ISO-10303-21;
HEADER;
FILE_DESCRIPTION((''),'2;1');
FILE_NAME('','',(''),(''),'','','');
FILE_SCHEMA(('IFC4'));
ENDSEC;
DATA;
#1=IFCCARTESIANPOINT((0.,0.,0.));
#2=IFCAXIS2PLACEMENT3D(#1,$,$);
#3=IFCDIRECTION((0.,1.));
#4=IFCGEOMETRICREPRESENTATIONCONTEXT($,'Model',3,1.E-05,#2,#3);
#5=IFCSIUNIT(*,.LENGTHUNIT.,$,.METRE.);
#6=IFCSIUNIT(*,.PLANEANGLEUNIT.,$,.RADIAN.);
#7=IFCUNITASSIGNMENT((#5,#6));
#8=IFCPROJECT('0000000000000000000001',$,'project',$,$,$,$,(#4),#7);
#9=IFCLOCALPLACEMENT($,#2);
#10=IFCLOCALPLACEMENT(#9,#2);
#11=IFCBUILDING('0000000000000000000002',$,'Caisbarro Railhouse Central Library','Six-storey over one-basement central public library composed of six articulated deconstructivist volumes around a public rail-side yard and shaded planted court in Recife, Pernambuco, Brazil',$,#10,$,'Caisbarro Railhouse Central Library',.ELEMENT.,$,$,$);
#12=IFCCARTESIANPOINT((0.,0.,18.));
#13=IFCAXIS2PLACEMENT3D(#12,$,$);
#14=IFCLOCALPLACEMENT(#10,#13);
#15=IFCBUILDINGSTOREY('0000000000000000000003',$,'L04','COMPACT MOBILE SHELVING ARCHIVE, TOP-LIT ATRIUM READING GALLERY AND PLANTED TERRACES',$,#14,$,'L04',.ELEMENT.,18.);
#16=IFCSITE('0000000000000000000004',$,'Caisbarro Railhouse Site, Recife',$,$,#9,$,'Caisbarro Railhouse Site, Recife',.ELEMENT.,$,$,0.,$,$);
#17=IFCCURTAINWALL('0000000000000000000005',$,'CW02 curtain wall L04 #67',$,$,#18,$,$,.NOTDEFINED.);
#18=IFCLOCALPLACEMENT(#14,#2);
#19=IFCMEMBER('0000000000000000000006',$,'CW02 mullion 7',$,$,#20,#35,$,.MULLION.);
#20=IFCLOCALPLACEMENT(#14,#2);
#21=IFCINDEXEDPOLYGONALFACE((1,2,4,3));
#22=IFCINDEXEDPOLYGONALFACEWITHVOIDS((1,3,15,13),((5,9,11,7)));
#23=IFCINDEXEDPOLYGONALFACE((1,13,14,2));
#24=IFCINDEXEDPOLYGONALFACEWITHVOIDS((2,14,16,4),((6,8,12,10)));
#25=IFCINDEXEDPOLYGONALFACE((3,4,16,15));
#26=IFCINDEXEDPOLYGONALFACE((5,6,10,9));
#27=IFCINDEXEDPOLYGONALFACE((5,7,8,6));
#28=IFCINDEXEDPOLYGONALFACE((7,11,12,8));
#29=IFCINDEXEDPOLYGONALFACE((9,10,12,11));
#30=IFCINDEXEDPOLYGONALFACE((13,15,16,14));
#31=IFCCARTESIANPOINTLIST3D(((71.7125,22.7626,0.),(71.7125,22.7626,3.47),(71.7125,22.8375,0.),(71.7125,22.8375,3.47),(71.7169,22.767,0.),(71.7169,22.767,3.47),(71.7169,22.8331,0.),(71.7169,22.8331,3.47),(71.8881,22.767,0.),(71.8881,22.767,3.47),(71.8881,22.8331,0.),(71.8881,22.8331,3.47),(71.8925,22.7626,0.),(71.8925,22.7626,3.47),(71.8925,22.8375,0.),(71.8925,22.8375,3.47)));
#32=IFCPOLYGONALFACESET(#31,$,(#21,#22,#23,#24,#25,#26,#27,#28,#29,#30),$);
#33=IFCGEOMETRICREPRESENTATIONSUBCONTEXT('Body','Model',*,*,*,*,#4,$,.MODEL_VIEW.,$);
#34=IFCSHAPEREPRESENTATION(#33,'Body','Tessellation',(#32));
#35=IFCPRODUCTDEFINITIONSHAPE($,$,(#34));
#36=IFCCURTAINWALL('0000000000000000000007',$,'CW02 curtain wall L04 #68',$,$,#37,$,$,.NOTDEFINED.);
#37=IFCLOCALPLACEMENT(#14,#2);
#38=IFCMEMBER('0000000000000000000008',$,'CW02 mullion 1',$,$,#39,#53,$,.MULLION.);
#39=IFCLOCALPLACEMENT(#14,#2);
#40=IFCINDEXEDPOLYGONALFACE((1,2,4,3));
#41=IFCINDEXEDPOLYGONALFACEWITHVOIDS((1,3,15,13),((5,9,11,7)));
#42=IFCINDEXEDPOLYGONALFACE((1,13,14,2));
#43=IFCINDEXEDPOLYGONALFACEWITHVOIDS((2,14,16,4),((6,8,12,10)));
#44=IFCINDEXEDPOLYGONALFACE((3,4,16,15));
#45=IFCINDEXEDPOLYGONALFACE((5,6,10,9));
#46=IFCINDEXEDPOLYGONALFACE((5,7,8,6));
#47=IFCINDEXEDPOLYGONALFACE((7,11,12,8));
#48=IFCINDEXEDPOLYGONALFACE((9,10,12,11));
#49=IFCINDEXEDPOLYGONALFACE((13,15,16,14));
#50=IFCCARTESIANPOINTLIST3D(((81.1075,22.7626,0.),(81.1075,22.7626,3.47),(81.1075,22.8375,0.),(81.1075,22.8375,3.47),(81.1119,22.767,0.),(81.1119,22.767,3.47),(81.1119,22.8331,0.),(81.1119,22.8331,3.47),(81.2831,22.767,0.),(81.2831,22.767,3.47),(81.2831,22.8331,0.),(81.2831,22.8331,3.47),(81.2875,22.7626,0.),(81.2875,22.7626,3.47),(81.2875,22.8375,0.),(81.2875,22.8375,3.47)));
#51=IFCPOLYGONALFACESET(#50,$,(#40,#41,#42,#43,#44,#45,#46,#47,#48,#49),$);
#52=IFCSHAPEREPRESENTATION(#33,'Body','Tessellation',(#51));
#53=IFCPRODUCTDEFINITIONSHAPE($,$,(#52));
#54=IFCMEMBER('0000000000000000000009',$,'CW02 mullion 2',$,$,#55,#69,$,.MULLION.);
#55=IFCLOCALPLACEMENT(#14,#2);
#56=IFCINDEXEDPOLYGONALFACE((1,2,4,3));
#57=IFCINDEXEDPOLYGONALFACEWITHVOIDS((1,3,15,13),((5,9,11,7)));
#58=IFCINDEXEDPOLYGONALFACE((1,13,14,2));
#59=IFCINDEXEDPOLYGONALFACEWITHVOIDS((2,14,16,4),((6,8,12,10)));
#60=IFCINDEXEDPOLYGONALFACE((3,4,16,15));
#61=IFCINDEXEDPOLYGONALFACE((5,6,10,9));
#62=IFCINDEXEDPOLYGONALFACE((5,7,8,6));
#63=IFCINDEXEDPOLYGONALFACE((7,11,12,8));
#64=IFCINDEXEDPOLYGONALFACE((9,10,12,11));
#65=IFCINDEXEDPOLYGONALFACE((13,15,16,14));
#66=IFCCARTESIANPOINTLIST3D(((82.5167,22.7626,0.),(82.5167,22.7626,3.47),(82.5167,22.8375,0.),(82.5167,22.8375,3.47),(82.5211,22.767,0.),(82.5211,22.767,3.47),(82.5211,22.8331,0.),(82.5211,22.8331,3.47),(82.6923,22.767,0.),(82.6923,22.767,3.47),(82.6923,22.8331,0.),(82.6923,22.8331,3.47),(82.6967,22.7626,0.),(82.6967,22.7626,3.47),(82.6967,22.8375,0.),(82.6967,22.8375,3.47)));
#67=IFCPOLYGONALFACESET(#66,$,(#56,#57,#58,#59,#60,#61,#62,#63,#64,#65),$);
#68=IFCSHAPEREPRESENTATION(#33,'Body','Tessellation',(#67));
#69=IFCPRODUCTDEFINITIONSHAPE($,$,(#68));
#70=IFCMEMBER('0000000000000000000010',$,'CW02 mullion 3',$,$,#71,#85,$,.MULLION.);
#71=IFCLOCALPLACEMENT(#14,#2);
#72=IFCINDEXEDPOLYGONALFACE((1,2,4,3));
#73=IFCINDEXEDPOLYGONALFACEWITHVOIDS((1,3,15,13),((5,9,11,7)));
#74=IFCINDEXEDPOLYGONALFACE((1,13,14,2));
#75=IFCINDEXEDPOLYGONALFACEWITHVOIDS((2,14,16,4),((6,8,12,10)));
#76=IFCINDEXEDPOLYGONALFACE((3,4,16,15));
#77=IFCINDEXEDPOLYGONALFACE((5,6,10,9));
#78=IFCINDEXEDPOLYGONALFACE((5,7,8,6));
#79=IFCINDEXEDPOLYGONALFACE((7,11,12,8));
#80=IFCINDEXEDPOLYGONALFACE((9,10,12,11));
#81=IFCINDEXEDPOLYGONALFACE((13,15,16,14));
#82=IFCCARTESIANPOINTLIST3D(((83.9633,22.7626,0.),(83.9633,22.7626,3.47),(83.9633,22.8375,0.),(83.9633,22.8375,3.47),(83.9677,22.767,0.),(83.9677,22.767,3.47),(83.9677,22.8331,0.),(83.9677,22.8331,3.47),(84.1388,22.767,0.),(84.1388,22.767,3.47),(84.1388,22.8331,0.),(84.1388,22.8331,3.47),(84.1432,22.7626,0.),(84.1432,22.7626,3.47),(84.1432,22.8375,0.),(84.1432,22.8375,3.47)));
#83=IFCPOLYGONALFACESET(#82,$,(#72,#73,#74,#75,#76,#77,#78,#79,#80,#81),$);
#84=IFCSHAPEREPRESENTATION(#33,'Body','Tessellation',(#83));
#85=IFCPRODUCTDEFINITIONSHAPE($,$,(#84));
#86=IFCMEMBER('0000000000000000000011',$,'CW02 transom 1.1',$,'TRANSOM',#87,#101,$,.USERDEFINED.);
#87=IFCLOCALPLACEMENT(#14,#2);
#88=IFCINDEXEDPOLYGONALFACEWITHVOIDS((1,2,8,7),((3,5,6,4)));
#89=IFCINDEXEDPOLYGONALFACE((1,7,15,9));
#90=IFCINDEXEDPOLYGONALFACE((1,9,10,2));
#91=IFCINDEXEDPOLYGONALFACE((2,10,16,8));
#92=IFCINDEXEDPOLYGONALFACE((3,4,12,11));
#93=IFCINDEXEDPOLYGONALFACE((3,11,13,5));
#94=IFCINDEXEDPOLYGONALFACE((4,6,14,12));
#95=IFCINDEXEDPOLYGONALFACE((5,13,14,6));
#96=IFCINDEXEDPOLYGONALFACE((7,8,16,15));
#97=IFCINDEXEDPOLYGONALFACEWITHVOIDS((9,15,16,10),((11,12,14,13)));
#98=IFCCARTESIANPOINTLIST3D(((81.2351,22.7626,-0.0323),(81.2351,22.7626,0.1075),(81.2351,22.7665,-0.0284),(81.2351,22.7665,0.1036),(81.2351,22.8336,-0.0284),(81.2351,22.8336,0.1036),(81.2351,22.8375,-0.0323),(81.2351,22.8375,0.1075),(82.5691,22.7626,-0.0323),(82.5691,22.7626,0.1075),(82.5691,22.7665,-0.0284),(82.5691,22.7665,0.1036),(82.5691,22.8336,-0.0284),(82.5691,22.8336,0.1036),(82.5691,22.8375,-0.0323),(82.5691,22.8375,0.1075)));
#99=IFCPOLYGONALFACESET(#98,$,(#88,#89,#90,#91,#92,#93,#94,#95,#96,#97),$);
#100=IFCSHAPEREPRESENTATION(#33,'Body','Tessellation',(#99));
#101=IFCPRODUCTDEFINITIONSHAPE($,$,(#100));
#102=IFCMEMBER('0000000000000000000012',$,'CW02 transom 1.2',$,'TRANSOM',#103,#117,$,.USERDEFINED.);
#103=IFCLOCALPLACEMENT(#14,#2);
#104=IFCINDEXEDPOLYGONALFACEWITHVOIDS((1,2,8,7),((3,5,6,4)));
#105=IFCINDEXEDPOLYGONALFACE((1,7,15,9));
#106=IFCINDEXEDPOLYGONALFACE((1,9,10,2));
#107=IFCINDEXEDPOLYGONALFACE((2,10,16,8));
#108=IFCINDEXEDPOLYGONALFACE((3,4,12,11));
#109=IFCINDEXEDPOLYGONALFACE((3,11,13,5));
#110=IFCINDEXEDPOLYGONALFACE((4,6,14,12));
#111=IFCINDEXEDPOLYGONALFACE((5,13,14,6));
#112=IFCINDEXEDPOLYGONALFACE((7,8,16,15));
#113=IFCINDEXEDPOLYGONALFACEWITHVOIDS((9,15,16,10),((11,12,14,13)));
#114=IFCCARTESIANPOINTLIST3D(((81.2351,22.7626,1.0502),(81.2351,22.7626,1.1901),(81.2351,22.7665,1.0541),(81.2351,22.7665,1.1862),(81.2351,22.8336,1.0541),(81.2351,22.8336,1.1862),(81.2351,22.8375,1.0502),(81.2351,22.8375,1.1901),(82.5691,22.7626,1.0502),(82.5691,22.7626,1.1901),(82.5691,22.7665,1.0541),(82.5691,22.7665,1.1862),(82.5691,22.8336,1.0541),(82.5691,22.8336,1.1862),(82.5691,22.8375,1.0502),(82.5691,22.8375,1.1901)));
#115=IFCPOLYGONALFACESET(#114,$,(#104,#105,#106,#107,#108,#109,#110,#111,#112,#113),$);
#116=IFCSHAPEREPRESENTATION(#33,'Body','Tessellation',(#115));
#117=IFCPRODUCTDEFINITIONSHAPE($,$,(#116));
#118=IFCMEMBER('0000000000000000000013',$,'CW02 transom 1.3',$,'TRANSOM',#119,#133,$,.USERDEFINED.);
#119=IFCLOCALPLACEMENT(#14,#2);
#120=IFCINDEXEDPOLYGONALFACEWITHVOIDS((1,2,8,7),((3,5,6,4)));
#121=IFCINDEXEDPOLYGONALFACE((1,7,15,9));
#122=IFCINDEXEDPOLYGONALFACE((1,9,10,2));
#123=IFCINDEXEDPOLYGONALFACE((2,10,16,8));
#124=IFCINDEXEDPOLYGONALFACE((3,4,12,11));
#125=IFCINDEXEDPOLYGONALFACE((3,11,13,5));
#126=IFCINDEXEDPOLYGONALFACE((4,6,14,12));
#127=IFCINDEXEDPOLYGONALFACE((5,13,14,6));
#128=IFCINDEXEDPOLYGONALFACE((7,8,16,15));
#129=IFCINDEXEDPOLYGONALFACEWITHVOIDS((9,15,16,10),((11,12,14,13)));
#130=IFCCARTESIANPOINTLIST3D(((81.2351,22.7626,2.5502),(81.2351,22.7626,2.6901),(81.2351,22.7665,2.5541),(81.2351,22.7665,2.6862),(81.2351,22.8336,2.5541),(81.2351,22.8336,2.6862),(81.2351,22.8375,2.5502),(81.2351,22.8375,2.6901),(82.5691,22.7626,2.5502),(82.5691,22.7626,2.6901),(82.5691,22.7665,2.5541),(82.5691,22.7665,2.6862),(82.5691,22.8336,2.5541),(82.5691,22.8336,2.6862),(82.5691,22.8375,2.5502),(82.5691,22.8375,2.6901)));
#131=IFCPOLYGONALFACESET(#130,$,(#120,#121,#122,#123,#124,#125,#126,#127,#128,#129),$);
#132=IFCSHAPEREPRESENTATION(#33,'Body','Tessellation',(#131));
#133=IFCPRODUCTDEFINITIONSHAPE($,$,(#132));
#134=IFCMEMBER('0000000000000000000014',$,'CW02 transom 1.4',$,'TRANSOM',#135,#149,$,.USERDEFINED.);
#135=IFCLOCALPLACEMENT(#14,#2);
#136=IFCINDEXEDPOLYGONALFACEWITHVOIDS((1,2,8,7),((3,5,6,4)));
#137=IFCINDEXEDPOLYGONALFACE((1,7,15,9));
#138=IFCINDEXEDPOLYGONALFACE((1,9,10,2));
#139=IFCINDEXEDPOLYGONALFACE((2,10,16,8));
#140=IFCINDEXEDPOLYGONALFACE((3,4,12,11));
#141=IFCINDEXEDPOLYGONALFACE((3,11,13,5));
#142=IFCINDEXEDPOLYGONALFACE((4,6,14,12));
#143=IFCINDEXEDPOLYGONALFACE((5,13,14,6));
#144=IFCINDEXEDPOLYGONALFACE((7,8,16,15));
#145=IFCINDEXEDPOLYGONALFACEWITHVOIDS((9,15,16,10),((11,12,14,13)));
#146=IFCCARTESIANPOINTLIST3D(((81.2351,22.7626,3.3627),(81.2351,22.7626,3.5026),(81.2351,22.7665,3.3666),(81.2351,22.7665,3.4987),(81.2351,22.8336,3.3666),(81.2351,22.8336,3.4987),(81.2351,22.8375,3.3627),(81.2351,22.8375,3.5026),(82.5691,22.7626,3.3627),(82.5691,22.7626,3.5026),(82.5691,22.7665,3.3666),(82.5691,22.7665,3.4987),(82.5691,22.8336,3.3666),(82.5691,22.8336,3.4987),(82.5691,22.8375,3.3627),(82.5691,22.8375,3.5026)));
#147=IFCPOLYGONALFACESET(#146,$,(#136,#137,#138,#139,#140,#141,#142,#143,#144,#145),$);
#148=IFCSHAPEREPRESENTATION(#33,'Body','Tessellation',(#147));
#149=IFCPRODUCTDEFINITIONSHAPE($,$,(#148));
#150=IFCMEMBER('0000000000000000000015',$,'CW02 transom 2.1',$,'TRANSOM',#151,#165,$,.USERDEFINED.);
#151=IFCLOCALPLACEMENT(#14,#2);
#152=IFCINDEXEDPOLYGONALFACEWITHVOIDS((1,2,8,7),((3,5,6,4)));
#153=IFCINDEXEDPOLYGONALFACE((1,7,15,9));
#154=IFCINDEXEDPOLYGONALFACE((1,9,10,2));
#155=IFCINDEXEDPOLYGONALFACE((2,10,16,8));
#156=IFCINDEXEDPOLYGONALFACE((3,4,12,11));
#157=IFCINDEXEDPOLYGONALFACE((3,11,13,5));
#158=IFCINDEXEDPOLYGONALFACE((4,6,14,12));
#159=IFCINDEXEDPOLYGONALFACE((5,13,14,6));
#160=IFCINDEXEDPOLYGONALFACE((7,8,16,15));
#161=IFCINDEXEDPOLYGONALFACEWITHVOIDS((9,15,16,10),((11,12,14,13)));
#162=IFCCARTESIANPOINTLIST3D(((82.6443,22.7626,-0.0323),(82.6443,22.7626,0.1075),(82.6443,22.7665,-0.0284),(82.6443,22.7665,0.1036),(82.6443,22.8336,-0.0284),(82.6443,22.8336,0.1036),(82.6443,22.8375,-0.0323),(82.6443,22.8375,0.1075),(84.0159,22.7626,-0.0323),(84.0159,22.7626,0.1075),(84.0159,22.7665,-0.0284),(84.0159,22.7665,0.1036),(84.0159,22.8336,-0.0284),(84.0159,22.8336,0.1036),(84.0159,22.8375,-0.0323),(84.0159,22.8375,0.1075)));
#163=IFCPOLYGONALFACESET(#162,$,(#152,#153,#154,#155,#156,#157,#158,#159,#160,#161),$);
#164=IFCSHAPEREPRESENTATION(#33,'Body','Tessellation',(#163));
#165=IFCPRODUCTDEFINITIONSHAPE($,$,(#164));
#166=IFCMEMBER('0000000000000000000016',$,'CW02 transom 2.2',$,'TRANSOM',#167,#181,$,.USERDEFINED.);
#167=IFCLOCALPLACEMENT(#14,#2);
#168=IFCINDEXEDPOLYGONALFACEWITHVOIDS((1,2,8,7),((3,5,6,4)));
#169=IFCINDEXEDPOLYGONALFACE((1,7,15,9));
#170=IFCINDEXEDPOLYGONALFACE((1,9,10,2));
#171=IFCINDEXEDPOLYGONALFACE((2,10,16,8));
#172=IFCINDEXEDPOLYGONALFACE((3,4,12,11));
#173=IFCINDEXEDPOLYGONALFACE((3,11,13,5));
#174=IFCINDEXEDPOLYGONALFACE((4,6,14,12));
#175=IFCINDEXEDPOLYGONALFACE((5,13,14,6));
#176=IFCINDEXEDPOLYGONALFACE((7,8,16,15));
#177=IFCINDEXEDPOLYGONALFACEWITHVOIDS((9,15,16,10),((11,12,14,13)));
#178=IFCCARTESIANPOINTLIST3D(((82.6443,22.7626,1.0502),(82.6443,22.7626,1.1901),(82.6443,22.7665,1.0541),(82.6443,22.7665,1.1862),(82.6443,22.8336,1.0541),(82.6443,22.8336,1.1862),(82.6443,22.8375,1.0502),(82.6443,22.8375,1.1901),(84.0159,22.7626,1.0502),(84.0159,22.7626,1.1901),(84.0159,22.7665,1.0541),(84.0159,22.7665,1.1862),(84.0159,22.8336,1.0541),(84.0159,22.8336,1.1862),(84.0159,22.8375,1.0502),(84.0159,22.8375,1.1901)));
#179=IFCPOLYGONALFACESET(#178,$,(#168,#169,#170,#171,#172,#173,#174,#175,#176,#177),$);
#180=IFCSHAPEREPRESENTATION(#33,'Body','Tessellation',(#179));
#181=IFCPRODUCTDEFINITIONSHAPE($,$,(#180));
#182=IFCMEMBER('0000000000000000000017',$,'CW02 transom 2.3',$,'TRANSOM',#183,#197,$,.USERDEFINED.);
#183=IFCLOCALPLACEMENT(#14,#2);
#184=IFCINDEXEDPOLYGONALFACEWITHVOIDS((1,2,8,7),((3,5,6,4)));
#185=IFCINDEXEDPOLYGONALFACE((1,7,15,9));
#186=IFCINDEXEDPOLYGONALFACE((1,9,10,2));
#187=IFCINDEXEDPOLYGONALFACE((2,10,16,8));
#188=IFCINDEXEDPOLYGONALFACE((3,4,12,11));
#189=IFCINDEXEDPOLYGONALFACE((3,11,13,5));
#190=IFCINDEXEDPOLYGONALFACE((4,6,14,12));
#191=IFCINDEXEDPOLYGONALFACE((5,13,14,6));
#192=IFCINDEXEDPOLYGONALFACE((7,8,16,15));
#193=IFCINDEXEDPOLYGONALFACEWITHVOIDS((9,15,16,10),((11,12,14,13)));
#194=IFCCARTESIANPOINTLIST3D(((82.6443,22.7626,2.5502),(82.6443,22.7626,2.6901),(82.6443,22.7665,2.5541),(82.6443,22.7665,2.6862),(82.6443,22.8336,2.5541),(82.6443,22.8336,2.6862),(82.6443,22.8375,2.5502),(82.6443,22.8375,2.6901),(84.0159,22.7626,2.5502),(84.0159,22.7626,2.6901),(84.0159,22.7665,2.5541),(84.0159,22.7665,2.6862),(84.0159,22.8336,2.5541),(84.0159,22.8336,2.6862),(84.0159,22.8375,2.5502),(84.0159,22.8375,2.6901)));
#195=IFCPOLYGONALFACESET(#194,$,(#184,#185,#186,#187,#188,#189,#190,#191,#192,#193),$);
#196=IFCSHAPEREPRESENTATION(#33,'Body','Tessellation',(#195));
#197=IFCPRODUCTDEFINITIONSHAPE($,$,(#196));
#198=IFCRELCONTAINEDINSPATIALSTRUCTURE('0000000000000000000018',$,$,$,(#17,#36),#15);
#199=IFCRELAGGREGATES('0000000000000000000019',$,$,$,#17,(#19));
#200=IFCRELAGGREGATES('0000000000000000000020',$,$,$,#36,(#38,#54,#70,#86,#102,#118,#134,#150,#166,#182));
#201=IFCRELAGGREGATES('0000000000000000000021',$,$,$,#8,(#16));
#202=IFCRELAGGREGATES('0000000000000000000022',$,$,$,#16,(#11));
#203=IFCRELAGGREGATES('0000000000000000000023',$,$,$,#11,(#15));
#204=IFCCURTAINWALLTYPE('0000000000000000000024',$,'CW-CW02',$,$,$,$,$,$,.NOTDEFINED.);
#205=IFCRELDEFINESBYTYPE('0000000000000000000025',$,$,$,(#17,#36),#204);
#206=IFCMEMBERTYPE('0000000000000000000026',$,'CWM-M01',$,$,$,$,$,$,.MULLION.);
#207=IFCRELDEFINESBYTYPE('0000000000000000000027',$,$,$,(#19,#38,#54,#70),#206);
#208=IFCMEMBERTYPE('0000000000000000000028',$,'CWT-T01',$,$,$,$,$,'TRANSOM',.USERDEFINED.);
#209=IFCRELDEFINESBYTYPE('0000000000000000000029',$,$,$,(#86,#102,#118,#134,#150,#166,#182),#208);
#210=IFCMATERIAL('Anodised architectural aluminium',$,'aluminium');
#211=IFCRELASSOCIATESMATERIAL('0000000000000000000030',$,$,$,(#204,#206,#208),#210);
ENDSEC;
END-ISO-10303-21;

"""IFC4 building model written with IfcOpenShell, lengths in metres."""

from ifc_helpers import new_model, si_unit, direction, frame, origin, origin_2d, place, context, subcontext, project, spatial, hollow_rectangle, extrude, material, material_profile, profile_set, type_object, element, aggregate, save


model = new_model("IFC4")

# Units and contexts
model_context = context("Model", 3, precision=1e-05, world=origin(), true_north=direction((0.0, 1.0)))
body_context = subcontext(model_context, "Body", "Model", "MODEL_VIEW")
ifc_project = project(units=[si_unit("LENGTHUNIT", "METRE"), si_unit("PLANEANGLEUNIT", "RADIAN")], contexts=[model_context])

# Site, building, storey
site_placement = place(None, origin())
site = spatial("IfcSite", under=ifc_project, at=site_placement, Name="Caisbarro Railhouse Site, Recife", LongName="Caisbarro Railhouse Site, Recife", CompositionType="ELEMENT", RefElevation=0.0)
building_placement = place(site_placement, origin())
building = spatial("IfcBuilding", under=site, at=building_placement, Name="Caisbarro Railhouse Central Library", Description="Six-storey over one-basement central public library composed of six articulated deconstructivist volumes around a public rail-side yard and shaded planted court in Recife, Pernambuco, Brazil", LongName="Caisbarro Railhouse Central Library", CompositionType="ELEMENT")
storey_placement = place(building_placement, frame((0.0, 0.0, 18.0)))
storey = spatial("IfcBuildingStorey", under=building, at=storey_placement, Name="L04", Description="COMPACT MOBILE SHELVING ARCHIVE, TOP-LIT ATRIUM READING GALLERY AND PLANTED TERRACES", LongName="L04", CompositionType="ELEMENT", Elevation=18.0)

# Curtain wall, member
ifc_material_1 = material(Name="Anodised architectural aluminium", Category="aluminium")
curtain_wall_type = type_object("IfcCurtainWallType", Name="CW-CW02", PredefinedType="NOTDEFINED", material=ifc_material_1)
curtain_wall_1_placement = place(storey_placement, origin())
curtain_wall_1 = element("IfcCurtainWall", 1, at=curtain_wall_1_placement, inside=storey, type_object=curtain_wall_type, Name="CW02 curtain wall L04 #67", PredefinedType="NOTDEFINED")
ifc_material_profile_1 = material_profile(ifc_material_1, hollow_rectangle(XDim=0.075, YDim=0.1799, WallThickness=0.0044, at=origin_2d()), Name="ALU-MUL-75X180")
ifc_profile_set_1 = profile_set([ifc_material_profile_1], Name="Anodised architectural aluminium")
member_type_1 = type_object("IfcMemberType", Name="CWM-M01", PredefinedType="MULLION", material=ifc_profile_set_1)
member_1_placement = place(storey_placement, frame((71.8025, 22.8, 0.0), z_axis=(0.0, 0.0, 1.0), x_axis=(0.0, 1.0, 0.0)))
member_1 = element("IfcMember", 2, at=member_1_placement, type_object=member_type_1, Name="CW02 mullion 7", PredefinedType="MULLION", context=body_context, shape_type="SweptSolid", body=[
    extrude(hollow_rectangle(XDim=0.075, YDim=0.1799, WallThickness=0.0044, at=origin_2d()), origin(), (0.0, 0.0, 1.0), 3.47),
])

# Curtain wall, members
curtain_wall_2_placement = place(storey_placement, origin())
curtain_wall_2 = element("IfcCurtainWall", 3, at=curtain_wall_2_placement, inside=storey, type_object=curtain_wall_type, Name="CW02 curtain wall L04 #68", PredefinedType="NOTDEFINED")
member_2_placement = place(storey_placement, frame((81.1975, 22.8, 0.0), z_axis=(0.0, 0.0, 1.0), x_axis=(0.0, 1.0, 0.0)))
member_2 = element("IfcMember", 4, at=member_2_placement, type_object=member_type_1, Name="CW02 mullion 1", PredefinedType="MULLION", context=body_context, shape_type="SweptSolid", body=[
    extrude(hollow_rectangle(XDim=0.075, YDim=0.1799, WallThickness=0.0044, at=origin_2d()), origin(), (0.0, 0.0, 1.0), 3.47),
])
member_3_placement = place(storey_placement, frame((82.6067, 22.8, 0.0), z_axis=(0.0, 0.0, 1.0), x_axis=(0.0, 1.0, 0.0)))
member_3 = element("IfcMember", 5, at=member_3_placement, type_object=member_type_1, Name="CW02 mullion 2", PredefinedType="MULLION", context=body_context, shape_type="SweptSolid", body=[
    extrude(hollow_rectangle(XDim=0.075, YDim=0.1799, WallThickness=0.0044, at=origin_2d()), origin(), (0.0, 0.0, 1.0), 3.47),
])
member_4_placement = place(storey_placement, frame((84.0532, 22.8, 0.0), z_axis=(0.0, 0.0, 1.0), x_axis=(0.0, 1.0, 0.0)))
member_4 = element("IfcMember", 6, at=member_4_placement, type_object=member_type_1, Name="CW02 mullion 3", PredefinedType="MULLION", context=body_context, shape_type="SweptSolid", body=[
    extrude(hollow_rectangle(XDim=0.075, YDim=0.1799, WallThickness=0.0044, at=origin_2d()), origin(), (0.0, 0.0, 1.0), 3.47),
])
ifc_material_profile_2 = material_profile(ifc_material_1, hollow_rectangle(XDim=0.075, YDim=0.1399, WallThickness=0.0039, at=origin_2d()), Name="ALU-TRN-75X140")
ifc_profile_set_2 = profile_set([ifc_material_profile_2], Name="Anodised architectural aluminium")
member_type_2 = type_object("IfcMemberType", Name="CWT-T01", ElementType="TRANSOM", PredefinedType="USERDEFINED", material=ifc_profile_set_2)
member_5_placement = place(storey_placement, frame((81.2351, 22.8, 0.0376), z_axis=(1.0, 0.0, 0.0), x_axis=(0.0, 1.0, 0.0)))
member_5 = element("IfcMember", 7, at=member_5_placement, type_object=member_type_2, Name="CW02 transom 1.1", ObjectType="TRANSOM", PredefinedType="USERDEFINED", context=body_context, shape_type="SweptSolid", body=[
    extrude(hollow_rectangle(XDim=0.075, YDim=0.1399, WallThickness=0.0039, at=origin_2d()), origin(), (0.0, 0.0, 1.0), 1.334),
])
member_6_placement = place(storey_placement, frame((81.2351, 22.8, 1.1201), z_axis=(1.0, 0.0, 0.0), x_axis=(0.0, 1.0, 0.0)))
member_6 = element("IfcMember", 8, at=member_6_placement, type_object=member_type_2, Name="CW02 transom 1.2", ObjectType="TRANSOM", PredefinedType="USERDEFINED", context=body_context, shape_type="SweptSolid", body=[
    extrude(hollow_rectangle(XDim=0.075, YDim=0.1399, WallThickness=0.0039, at=origin_2d()), origin(), (0.0, 0.0, 1.0), 1.334),
])
member_7_placement = place(storey_placement, frame((81.2351, 22.8, 2.6201), z_axis=(1.0, 0.0, 0.0), x_axis=(0.0, 1.0, 0.0)))
member_7 = element("IfcMember", 9, at=member_7_placement, type_object=member_type_2, Name="CW02 transom 1.3", ObjectType="TRANSOM", PredefinedType="USERDEFINED", context=body_context, shape_type="SweptSolid", body=[
    extrude(hollow_rectangle(XDim=0.075, YDim=0.1399, WallThickness=0.0039, at=origin_2d()), origin(), (0.0, 0.0, 1.0), 1.334),
])
member_8_placement = place(storey_placement, frame((81.2351, 22.8, 3.4326), z_axis=(1.0, 0.0, 0.0), x_axis=(0.0, 1.0, 0.0)))
member_8 = element("IfcMember", 10, at=member_8_placement, type_object=member_type_2, Name="CW02 transom 1.4", ObjectType="TRANSOM", PredefinedType="USERDEFINED", context=body_context, shape_type="SweptSolid", body=[
    extrude(hollow_rectangle(XDim=0.075, YDim=0.1399, WallThickness=0.0039, at=origin_2d()), origin(), (0.0, 0.0, 1.0), 1.334),
])
member_9_placement = place(storey_placement, frame((82.6443, 22.8, 0.0376), z_axis=(1.0, 0.0, 0.0), x_axis=(0.0, 1.0, 0.0)))
member_9 = element("IfcMember", 11, at=member_9_placement, type_object=member_type_2, Name="CW02 transom 2.1", ObjectType="TRANSOM", PredefinedType="USERDEFINED", context=body_context, shape_type="SweptSolid", body=[
    extrude(hollow_rectangle(XDim=0.075, YDim=0.1399, WallThickness=0.0039, at=origin_2d()), origin(), (0.0, 0.0, 1.0), 1.3716),
])
member_10_placement = place(storey_placement, frame((82.6443, 22.8, 1.1201), z_axis=(1.0, 0.0, 0.0), x_axis=(0.0, 1.0, 0.0)))
member_10 = element("IfcMember", 12, at=member_10_placement, type_object=member_type_2, Name="CW02 transom 2.2", ObjectType="TRANSOM", PredefinedType="USERDEFINED", context=body_context, shape_type="SweptSolid", body=[
    extrude(hollow_rectangle(XDim=0.075, YDim=0.1399, WallThickness=0.0039, at=origin_2d()), origin(), (0.0, 0.0, 1.0), 1.3716),
])
member_11_placement = place(storey_placement, frame((82.6443, 22.8, 2.6201), z_axis=(1.0, 0.0, 0.0), x_axis=(0.0, 1.0, 0.0)))
member_11 = element("IfcMember", 13, at=member_11_placement, type_object=member_type_2, Name="CW02 transom 2.3", ObjectType="TRANSOM", PredefinedType="USERDEFINED", context=body_context, shape_type="SweptSolid", body=[
    extrude(hollow_rectangle(XDim=0.075, YDim=0.1399, WallThickness=0.0039, at=origin_2d()), origin(), (0.0, 0.0, 1.0), 1.3716),
])

aggregate(curtain_wall_1, [member_1])
aggregate(curtain_wall_2, [member_2, member_3, member_4, member_5, member_6, member_7, member_8, member_9, member_10, member_11])

save(model, "model.ifc")
